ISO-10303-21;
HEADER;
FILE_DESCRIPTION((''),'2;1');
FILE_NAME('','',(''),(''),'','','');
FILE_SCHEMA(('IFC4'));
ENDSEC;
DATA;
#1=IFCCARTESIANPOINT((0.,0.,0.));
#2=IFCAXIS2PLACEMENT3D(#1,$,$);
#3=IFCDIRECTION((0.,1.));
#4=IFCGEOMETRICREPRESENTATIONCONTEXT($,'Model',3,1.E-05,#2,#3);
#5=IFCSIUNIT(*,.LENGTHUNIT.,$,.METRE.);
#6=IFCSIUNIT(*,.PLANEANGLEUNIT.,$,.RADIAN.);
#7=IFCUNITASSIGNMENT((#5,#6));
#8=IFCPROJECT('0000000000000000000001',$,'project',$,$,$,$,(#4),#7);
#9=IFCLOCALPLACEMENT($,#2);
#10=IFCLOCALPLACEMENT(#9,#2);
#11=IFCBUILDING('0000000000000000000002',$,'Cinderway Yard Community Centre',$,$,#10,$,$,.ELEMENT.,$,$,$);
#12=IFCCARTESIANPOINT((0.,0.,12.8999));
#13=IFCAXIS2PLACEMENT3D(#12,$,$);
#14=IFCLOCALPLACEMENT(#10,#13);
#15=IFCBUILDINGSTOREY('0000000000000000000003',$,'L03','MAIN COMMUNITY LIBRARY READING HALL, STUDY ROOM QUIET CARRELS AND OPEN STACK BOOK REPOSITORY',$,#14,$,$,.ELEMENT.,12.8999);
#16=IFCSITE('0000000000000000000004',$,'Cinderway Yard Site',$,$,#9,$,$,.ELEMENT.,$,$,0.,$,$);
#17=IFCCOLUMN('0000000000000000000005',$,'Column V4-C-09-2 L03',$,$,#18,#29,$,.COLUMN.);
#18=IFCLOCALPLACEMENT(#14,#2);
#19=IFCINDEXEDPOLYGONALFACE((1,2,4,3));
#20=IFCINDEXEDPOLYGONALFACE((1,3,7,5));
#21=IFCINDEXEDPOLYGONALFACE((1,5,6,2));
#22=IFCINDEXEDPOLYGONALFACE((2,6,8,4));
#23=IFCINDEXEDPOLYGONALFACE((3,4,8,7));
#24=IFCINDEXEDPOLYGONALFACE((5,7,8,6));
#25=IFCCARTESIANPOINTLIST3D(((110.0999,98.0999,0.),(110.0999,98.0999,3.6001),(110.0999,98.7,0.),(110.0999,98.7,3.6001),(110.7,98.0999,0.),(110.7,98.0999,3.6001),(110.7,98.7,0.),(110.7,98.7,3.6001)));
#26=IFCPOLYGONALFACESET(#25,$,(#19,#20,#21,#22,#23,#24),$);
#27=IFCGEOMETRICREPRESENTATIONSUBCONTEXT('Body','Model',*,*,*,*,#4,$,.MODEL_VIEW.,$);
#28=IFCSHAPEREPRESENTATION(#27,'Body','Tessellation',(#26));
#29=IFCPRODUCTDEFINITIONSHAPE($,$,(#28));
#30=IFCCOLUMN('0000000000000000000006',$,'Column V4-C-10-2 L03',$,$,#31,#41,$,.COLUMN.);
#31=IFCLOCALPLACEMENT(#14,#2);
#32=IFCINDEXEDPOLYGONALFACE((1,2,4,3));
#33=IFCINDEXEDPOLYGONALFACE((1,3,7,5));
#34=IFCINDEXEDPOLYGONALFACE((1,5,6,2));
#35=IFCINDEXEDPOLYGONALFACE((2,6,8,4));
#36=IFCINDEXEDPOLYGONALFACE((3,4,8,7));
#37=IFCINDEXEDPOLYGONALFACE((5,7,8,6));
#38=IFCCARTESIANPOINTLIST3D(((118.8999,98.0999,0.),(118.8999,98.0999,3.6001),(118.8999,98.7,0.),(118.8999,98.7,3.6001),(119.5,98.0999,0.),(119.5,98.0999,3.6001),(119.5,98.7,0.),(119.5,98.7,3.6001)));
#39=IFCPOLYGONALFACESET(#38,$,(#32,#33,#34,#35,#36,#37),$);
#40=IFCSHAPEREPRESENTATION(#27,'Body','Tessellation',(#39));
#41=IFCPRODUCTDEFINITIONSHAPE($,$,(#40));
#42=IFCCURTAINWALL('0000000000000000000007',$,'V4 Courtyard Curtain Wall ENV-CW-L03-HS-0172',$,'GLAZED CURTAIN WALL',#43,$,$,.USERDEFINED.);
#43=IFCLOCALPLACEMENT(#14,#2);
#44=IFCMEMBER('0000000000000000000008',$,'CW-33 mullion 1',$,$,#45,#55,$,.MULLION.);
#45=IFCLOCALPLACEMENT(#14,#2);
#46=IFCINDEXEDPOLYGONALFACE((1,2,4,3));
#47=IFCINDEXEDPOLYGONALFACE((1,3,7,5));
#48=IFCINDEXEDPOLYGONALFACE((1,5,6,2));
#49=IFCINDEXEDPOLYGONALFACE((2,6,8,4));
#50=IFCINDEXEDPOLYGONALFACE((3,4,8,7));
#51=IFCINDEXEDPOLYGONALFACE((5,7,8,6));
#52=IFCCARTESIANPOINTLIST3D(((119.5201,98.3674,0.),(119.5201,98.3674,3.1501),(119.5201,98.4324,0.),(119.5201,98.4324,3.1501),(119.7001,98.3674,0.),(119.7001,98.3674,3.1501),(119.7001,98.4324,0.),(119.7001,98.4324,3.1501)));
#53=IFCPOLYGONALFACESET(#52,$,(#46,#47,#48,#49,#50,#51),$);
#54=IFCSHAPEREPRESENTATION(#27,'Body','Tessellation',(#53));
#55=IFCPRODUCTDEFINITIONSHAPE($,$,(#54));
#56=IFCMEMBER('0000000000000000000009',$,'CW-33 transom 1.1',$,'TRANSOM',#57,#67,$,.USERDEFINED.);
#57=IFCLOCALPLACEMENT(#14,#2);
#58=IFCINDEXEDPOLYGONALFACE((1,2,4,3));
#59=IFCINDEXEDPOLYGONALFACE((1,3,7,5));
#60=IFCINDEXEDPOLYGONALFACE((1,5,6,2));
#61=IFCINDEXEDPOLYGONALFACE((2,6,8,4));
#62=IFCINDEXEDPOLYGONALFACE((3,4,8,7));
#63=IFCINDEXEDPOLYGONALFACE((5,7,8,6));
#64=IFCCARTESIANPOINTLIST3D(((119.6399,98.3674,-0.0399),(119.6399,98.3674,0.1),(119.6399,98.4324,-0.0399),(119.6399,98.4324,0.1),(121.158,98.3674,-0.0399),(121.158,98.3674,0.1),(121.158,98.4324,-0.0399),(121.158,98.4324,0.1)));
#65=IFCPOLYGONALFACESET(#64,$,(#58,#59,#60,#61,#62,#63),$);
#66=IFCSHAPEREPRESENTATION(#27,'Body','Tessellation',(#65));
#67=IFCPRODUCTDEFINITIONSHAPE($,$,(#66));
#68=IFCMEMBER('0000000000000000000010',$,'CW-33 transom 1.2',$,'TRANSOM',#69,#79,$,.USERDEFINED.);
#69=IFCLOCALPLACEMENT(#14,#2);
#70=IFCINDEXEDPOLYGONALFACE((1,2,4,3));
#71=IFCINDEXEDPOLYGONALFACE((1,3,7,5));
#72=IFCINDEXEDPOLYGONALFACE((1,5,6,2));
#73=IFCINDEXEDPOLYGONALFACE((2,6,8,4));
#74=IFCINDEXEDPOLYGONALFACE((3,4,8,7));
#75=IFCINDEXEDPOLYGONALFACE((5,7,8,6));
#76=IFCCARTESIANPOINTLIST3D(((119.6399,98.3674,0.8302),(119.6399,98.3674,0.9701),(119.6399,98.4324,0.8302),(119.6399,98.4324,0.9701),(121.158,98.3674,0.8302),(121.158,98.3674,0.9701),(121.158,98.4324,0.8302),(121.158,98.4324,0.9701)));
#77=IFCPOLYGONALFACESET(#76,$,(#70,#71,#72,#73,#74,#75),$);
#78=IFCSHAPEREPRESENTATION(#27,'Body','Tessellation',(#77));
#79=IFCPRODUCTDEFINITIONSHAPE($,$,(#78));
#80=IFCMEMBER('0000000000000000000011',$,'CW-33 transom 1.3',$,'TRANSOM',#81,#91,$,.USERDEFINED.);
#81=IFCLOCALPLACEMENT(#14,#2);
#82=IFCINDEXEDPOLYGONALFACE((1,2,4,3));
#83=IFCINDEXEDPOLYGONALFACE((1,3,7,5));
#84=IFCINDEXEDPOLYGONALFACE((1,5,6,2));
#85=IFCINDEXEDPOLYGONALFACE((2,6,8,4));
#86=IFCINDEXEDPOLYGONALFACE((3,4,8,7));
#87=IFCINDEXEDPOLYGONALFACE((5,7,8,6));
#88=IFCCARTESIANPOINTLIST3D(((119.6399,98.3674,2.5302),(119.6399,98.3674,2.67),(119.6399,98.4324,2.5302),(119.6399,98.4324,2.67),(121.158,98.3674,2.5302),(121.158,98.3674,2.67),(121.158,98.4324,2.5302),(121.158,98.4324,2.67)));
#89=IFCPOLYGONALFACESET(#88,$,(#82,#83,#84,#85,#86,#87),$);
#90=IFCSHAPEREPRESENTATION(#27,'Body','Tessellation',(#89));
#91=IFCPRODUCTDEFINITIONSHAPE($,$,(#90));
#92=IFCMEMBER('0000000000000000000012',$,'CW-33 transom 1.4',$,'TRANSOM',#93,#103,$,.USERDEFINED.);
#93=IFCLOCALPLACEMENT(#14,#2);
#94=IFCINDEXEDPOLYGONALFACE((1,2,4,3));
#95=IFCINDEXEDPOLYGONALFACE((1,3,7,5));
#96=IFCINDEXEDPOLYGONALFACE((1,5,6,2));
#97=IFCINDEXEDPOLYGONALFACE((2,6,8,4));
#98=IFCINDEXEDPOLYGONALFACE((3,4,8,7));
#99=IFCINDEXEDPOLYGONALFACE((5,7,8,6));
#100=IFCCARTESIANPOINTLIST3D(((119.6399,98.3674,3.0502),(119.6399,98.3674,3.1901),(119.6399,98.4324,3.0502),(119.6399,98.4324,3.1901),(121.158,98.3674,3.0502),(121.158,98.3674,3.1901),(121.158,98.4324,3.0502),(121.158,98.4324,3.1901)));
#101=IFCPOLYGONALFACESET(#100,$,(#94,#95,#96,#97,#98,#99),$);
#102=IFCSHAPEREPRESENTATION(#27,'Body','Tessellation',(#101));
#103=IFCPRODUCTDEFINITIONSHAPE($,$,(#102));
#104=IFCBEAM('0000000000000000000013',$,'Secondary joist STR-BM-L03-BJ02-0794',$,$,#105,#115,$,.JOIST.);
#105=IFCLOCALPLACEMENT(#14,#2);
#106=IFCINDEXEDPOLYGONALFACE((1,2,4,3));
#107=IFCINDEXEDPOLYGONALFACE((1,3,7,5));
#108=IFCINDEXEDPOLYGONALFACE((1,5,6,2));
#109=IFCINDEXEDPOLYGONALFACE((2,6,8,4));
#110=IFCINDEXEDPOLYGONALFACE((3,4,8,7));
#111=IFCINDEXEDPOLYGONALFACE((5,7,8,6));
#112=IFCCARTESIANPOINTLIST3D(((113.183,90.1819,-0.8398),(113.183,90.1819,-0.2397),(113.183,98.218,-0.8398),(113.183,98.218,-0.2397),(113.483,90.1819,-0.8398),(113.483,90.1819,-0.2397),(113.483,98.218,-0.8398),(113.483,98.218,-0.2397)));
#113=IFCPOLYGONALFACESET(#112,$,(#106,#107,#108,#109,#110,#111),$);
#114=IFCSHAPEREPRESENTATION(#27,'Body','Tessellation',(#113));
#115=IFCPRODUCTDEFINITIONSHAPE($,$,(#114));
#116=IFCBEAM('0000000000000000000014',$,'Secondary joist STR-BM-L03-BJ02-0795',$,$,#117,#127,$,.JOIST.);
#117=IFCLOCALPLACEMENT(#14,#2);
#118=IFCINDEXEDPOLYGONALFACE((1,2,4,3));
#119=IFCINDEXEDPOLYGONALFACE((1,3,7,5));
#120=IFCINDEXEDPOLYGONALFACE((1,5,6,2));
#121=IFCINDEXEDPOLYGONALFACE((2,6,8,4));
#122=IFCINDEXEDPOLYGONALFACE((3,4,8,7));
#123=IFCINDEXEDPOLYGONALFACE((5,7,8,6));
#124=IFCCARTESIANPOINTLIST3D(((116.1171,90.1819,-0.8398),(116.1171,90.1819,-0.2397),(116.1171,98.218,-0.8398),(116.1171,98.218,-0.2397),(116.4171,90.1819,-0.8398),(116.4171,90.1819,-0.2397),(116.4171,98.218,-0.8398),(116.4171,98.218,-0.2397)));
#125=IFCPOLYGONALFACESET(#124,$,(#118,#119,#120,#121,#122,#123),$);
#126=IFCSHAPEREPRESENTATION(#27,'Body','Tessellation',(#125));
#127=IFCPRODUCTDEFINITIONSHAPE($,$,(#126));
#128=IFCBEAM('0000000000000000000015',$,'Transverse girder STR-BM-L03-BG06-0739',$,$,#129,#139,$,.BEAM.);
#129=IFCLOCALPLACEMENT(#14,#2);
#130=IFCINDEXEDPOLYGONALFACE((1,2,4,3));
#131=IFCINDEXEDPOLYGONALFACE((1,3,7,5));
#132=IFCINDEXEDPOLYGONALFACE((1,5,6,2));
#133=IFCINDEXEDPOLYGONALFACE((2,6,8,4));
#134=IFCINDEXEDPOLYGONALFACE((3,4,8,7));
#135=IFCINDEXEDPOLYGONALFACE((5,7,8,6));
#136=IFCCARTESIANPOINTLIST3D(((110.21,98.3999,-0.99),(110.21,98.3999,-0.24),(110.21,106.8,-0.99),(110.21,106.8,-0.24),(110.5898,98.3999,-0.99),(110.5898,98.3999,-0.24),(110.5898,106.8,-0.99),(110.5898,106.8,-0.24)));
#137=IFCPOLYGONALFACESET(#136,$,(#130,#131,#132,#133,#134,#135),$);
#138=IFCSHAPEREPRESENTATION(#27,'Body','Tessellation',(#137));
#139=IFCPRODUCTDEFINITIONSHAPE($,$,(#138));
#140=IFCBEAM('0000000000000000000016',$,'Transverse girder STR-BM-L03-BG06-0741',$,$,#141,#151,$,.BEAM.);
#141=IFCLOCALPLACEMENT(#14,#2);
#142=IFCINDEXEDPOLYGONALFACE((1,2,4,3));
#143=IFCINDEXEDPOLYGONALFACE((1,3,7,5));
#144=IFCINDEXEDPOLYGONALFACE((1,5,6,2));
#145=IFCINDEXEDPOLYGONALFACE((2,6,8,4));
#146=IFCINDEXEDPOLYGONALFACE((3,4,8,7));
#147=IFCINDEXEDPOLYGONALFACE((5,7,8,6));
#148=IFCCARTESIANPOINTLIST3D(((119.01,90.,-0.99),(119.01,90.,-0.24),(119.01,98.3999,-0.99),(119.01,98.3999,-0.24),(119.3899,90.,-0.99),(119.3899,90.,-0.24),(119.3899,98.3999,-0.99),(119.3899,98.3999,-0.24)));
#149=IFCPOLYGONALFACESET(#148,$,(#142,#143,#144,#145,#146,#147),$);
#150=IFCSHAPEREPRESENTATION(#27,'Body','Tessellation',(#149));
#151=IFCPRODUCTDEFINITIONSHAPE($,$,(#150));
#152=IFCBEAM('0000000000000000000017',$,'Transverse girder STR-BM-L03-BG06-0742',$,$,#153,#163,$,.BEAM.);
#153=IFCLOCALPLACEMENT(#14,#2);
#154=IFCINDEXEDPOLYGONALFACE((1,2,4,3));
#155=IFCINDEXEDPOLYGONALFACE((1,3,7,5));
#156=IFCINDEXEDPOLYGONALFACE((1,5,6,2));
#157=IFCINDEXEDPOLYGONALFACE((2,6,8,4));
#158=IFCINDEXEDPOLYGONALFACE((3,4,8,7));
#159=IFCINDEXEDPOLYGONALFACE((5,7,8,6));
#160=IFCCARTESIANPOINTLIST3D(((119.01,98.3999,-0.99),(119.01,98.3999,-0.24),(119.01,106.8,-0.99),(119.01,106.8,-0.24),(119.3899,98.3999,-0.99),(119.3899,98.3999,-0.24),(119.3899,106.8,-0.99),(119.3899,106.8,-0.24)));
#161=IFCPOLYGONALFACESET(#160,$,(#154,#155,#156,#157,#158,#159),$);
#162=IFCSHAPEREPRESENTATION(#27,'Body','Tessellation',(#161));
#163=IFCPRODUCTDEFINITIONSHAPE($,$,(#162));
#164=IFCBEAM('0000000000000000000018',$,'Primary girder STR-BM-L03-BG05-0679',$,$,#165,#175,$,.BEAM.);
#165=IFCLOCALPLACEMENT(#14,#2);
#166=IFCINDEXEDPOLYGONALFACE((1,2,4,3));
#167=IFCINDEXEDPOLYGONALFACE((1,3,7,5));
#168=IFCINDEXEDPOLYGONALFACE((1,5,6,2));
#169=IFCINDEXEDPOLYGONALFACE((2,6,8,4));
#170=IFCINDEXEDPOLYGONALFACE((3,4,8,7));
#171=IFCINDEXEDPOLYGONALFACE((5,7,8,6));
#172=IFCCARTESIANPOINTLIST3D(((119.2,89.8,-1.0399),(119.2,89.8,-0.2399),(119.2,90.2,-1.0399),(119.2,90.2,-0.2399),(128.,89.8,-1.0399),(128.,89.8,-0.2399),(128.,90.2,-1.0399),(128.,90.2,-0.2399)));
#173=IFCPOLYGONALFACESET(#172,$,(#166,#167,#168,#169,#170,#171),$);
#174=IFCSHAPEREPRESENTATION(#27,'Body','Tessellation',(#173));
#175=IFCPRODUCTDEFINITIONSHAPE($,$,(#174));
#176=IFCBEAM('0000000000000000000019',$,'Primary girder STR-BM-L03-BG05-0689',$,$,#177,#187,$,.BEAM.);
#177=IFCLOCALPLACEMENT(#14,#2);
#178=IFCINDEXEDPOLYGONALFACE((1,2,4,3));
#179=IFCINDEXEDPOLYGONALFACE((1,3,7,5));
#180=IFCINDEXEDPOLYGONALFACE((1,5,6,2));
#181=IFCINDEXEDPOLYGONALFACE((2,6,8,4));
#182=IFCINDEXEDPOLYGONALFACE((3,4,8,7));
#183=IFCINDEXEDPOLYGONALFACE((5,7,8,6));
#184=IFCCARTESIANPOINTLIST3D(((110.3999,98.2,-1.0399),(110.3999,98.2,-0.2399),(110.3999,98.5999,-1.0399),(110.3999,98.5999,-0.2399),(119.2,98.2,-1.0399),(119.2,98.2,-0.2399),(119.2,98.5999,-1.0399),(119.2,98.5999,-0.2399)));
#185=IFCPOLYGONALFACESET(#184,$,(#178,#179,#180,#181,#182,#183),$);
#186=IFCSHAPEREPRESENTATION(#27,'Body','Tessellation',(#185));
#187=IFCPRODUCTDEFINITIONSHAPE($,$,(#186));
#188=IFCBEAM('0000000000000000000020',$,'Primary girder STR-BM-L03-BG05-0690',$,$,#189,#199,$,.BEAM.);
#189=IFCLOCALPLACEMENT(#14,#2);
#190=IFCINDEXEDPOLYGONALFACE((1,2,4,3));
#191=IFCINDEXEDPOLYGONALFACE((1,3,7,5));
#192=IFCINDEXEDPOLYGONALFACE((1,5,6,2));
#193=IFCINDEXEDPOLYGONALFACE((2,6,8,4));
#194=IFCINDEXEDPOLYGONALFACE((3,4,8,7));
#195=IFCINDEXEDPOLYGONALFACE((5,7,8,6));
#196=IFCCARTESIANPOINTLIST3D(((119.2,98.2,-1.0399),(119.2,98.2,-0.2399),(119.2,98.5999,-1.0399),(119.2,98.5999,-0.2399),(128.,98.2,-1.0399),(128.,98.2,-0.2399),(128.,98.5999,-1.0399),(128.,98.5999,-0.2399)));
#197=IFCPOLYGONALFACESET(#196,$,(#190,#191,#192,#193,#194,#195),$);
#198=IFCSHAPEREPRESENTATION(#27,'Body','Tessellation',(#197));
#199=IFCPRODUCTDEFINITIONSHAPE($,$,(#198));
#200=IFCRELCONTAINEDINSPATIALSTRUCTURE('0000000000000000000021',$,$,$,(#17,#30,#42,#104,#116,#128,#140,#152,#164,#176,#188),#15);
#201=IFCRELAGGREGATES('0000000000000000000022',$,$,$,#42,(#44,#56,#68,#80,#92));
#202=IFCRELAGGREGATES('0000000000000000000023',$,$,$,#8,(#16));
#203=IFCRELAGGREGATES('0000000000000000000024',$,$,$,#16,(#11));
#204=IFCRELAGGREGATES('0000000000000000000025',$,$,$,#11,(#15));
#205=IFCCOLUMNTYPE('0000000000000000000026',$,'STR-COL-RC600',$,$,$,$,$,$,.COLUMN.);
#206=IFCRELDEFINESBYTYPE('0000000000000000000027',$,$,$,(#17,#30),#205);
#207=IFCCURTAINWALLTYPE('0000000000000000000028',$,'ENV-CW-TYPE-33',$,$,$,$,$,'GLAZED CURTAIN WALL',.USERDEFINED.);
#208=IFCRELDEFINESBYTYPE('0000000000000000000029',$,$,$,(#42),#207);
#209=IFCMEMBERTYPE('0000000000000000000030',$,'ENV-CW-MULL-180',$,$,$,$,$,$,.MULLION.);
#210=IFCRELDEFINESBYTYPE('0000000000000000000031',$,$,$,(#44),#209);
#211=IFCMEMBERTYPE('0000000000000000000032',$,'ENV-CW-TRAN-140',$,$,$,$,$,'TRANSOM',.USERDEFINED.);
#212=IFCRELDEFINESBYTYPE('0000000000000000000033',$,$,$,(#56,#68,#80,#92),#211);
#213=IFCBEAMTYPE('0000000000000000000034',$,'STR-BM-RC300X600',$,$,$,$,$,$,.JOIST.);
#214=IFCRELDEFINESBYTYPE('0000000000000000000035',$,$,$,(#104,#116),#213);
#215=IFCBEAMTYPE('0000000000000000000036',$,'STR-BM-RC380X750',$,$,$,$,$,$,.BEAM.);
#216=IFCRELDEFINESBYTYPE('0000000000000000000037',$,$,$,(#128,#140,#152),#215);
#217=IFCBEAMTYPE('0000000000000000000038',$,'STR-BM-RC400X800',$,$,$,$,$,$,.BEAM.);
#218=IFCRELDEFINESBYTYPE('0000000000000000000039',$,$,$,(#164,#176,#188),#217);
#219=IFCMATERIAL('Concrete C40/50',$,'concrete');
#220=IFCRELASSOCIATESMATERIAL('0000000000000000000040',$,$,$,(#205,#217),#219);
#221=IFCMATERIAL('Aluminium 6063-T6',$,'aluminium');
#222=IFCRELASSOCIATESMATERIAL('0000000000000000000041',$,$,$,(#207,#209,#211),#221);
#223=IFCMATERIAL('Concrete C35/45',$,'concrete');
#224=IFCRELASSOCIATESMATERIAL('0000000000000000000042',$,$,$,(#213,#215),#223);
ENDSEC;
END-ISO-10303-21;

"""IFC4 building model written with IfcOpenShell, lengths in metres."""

from ifc_helpers import new_model, si_unit, direction, frame, origin, origin_2d, place, context, subcontext, project, spatial, rectangle, extrude, material, material_profile, profile_set, type_object, element, aggregate, save


model = new_model("IFC4")

# Units and contexts
model_context = context("Model", 3, precision=1e-05, world=origin(), true_north=direction((0.0, 1.0)))
body_context = subcontext(model_context, "Body", "Model", "MODEL_VIEW")
ifc_project = project(units=[si_unit("LENGTHUNIT", "METRE"), si_unit("PLANEANGLEUNIT", "RADIAN")], contexts=[model_context])

# Site, building, storey
site_placement = place(None, origin())
site = spatial("IfcSite", under=ifc_project, at=site_placement, Name="Cinderway Yard Site", CompositionType="ELEMENT", RefElevation=0.0)
building_placement = place(site_placement, origin())
building = spatial("IfcBuilding", under=site, at=building_placement, Name="Cinderway Yard Community Centre", CompositionType="ELEMENT")
storey_placement = place(building_placement, frame((0.0, 0.0, 12.8999)))
storey = spatial("IfcBuildingStorey", under=building, at=storey_placement, Name="L03", Description="MAIN COMMUNITY LIBRARY READING HALL, STUDY ROOM QUIET CARRELS AND OPEN STACK BOOK REPOSITORY", CompositionType="ELEMENT", Elevation=12.8999)

# Columns
ifc_material_1 = material(Name="Concrete C40/50", Category="concrete")
ifc_material_profile_1 = material_profile(ifc_material_1, rectangle(XDim=0.6001, YDim=0.6001, at=origin_2d()), Name="Concrete C40/50")
ifc_profile_set_1 = profile_set([ifc_material_profile_1], Name="Concrete C40/50")
column_type = type_object("IfcColumnType", Name="STR-COL-RC600", PredefinedType="COLUMN", material=ifc_profile_set_1)
for number, where, z_axis, x_axis, name in (
    (1, (110.3999, 98.3999, 0.0), (0.0, 0.0, 1.0), (1.0, 0.0, 0.0), "Column V4-C-09-2 L03"),
    (2, (119.2, 98.3999, 0.0), (0.0, 0.0, 1.0), (1.0, 0.0, 0.0), "Column V4-C-10-2 L03"),
):
    element("IfcColumn", number, at=place(storey_placement, frame(where, z_axis=z_axis, x_axis=x_axis)), inside=storey, type_object=column_type, Name=name, PredefinedType="COLUMN", context=body_context, shape_type="SweptSolid", body=[
        extrude(rectangle(XDim=0.6001, YDim=0.6001, at=origin_2d()), origin(), (0.0, 0.0, 1.0), 3.6001),
    ])

# Curtain wall, members
ifc_material_2 = material(Name="Aluminium 6063-T6", Category="aluminium")
curtain_wall_type = type_object("IfcCurtainWallType", Name="ENV-CW-TYPE-33", ElementType="GLAZED CURTAIN WALL", PredefinedType="USERDEFINED", material=ifc_material_2)
curtain_wall_placement = place(storey_placement, origin())
curtain_wall = element("IfcCurtainWall", 3, at=curtain_wall_placement, inside=storey, type_object=curtain_wall_type, Name="V4 Courtyard Curtain Wall ENV-CW-L03-HS-0172", ObjectType="GLAZED CURTAIN WALL", PredefinedType="USERDEFINED")
ifc_material_profile_2 = material_profile(ifc_material_2, rectangle(XDim=0.0649, YDim=0.1799, at=origin_2d()), Name="Aluminium 6063-T6")
ifc_profile_set_2 = profile_set([ifc_material_profile_2], Name="Aluminium 6063-T6")
member_type_1 = type_object("IfcMemberType", Name="ENV-CW-MULL-180", PredefinedType="MULLION", material=ifc_profile_set_2)
member_1_placement = place(storey_placement, frame((119.6101, 98.3999, 0.0), z_axis=(0.0, 0.0, 1.0), x_axis=(0.0, 1.0, 0.0)))
member_1 = element("IfcMember", 4, at=member_1_placement, type_object=member_type_1, Name="CW-33 mullion 1", PredefinedType="MULLION", context=body_context, shape_type="SweptSolid", body=[
    extrude(rectangle(XDim=0.0649, YDim=0.1799, at=origin_2d()), origin(), (0.0, 0.0, 1.0), 3.1501),
])
ifc_material_profile_3 = material_profile(ifc_material_2, rectangle(XDim=0.0649, YDim=0.1399, at=origin_2d()), Name="Aluminium 6063-T6")
ifc_profile_set_3 = profile_set([ifc_material_profile_3], Name="Aluminium 6063-T6")
member_type_2 = type_object("IfcMemberType", Name="ENV-CW-TRAN-140", ElementType="TRANSOM", PredefinedType="USERDEFINED", material=ifc_profile_set_3)
member_2_placement = place(storey_placement, frame((119.6399, 98.3999, 0.03), z_axis=(1.0, 0.0, 0.0), x_axis=(0.0, 1.0, 0.0)))
member_2 = element("IfcMember", 5, at=member_2_placement, type_object=member_type_2, Name="CW-33 transom 1.1", ObjectType="TRANSOM", PredefinedType="USERDEFINED", context=body_context, shape_type="SweptSolid", body=[
    extrude(rectangle(XDim=0.0649, YDim=0.1399, at=origin_2d()), origin(), (0.0, 0.0, 1.0), 1.5181),
])
member_3_placement = place(storey_placement, frame((119.6399, 98.3999, 0.9001), z_axis=(1.0, 0.0, 0.0), x_axis=(0.0, 1.0, 0.0)))
member_3 = element("IfcMember", 6, at=member_3_placement, type_object=member_type_2, Name="CW-33 transom 1.2", ObjectType="TRANSOM", PredefinedType="USERDEFINED", context=body_context, shape_type="SweptSolid", body=[
    extrude(rectangle(XDim=0.0649, YDim=0.1399, at=origin_2d()), origin(), (0.0, 0.0, 1.0), 1.5181),
])
member_4_placement = place(storey_placement, frame((119.6399, 98.3999, 2.6001), z_axis=(1.0, 0.0, 0.0), x_axis=(0.0, 1.0, 0.0)))
member_4 = element("IfcMember", 7, at=member_4_placement, type_object=member_type_2, Name="CW-33 transom 1.3", ObjectType="TRANSOM", PredefinedType="USERDEFINED", context=body_context, shape_type="SweptSolid", body=[
    extrude(rectangle(XDim=0.0649, YDim=0.1399, at=origin_2d()), origin(), (0.0, 0.0, 1.0), 1.5181),
])
member_5_placement = place(storey_placement, frame((119.6399, 98.3999, 3.1201), z_axis=(1.0, 0.0, 0.0), x_axis=(0.0, 1.0, 0.0)))
member_5 = element("IfcMember", 8, at=member_5_placement, type_object=member_type_2, Name="CW-33 transom 1.4", ObjectType="TRANSOM", PredefinedType="USERDEFINED", context=body_context, shape_type="SweptSolid", body=[
    extrude(rectangle(XDim=0.0649, YDim=0.1399, at=origin_2d()), origin(), (0.0, 0.0, 1.0), 1.5181),
])

# Beams
ifc_material_3 = material(Name="Concrete C35/45", Category="concrete")
ifc_material_profile_4 = material_profile(ifc_material_3, rectangle(XDim=0.3, YDim=0.6001, at=origin_2d()), Name="Concrete C35/45")
ifc_profile_set_4 = profile_set([ifc_material_profile_4], Name="Concrete C35/45")
beam_type_1 = type_object("IfcBeamType", Name="STR-BM-RC300X600", PredefinedType="JOIST", material=ifc_profile_set_4)
for number, where, z_axis, x_axis, name in (
    (9, (113.333, 90.1819, -0.5398), (0.0, 1.0, 0.0), (-1.0, 0.0, 0.0), "Secondary joist STR-BM-L03-BJ02-0794"),
    (10, (116.2671, 90.1819, -0.5398), (0.0, 1.0, 0.0), (-1.0, 0.0, 0.0), "Secondary joist STR-BM-L03-BJ02-0795"),
):
    element("IfcBeam", number, at=place(storey_placement, frame(where, z_axis=z_axis, x_axis=x_axis)), inside=storey, type_object=beam_type_1, Name=name, PredefinedType="JOIST", context=body_context, shape_type="SweptSolid", body=[
        extrude(rectangle(XDim=0.3, YDim=0.6001, at=origin_2d()), origin(), (0.0, 0.0, 1.0), 8.0361),
    ])
ifc_material_profile_5 = material_profile(ifc_material_3, rectangle(XDim=0.3799, YDim=0.75, at=origin_2d()), Name="Concrete C35/45")
ifc_profile_set_5 = profile_set([ifc_material_profile_5], Name="Concrete C35/45")
beam_type_2 = type_object("IfcBeamType", Name="STR-BM-RC380X750", PredefinedType="BEAM", material=ifc_profile_set_5)
beam_1_placement = place(storey_placement, frame((110.3999, 98.3999, -0.615), z_axis=(0.0, 1.0, 0.0), x_axis=(-1.0, 0.0, 0.0)))
element("IfcBeam", 11, at=beam_1_placement, inside=storey, type_object=beam_type_2, Name="Transverse girder STR-BM-L03-BG06-0739", PredefinedType="BEAM", context=body_context, shape_type="SweptSolid", body=[
    extrude(rectangle(XDim=0.3799, YDim=0.75, at=origin_2d()), origin(), (0.0, 0.0, 1.0), 8.4001),
])
beam_2_placement = place(storey_placement, frame((119.2, 90.0, -0.615), z_axis=(0.0, 1.0, 0.0), x_axis=(-1.0, 0.0, 0.0)))
element("IfcBeam", 12, at=beam_2_placement, inside=storey, type_object=beam_type_2, Name="Transverse girder STR-BM-L03-BG06-0741", PredefinedType="BEAM", context=body_context, shape_type="SweptSolid", body=[
    extrude(rectangle(XDim=0.3799, YDim=0.75, at=origin_2d()), origin(), (0.0, 0.0, 1.0), 8.3999),
])
beam_3_placement = place(storey_placement, frame((119.2, 98.3999, -0.615), z_axis=(0.0, 1.0, 0.0), x_axis=(-1.0, 0.0, 0.0)))
element("IfcBeam", 13, at=beam_3_placement, inside=storey, type_object=beam_type_2, Name="Transverse girder STR-BM-L03-BG06-0742", PredefinedType="BEAM", context=body_context, shape_type="SweptSolid", body=[
    extrude(rectangle(XDim=0.3799, YDim=0.75, at=origin_2d()), origin(), (0.0, 0.0, 1.0), 8.4001),
])
ifc_material_profile_6 = material_profile(ifc_material_1, rectangle(XDim=0.3999, YDim=0.8, at=origin_2d()), Name="Concrete C40/50")
ifc_profile_set_6 = profile_set([ifc_material_profile_6], Name="Concrete C40/50")
beam_type_3 = type_object("IfcBeamType", Name="STR-BM-RC400X800", PredefinedType="BEAM", material=ifc_profile_set_6)
for number, where, z_axis, x_axis, name in (
    (14, (119.2, 90.0, -0.6399), (1.0, 0.0, 0.0), (0.0, 1.0, 0.0), "Primary girder STR-BM-L03-BG05-0679"),
    (15, (110.3999, 98.3999, -0.6399), (1.0, 0.0, 0.0), (0.0, 1.0, 0.0), "Primary girder STR-BM-L03-BG05-0689"),
    (16, (119.2, 98.3999, -0.6399), (1.0, 0.0, 0.0), (0.0, 1.0, 0.0), "Primary girder STR-BM-L03-BG05-0690"),
):
    element("IfcBeam", number, at=place(storey_placement, frame(where, z_axis=z_axis, x_axis=x_axis)), inside=storey, type_object=beam_type_3, Name=name, PredefinedType="BEAM", context=body_context, shape_type="SweptSolid", body=[
        extrude(rectangle(XDim=0.3999, YDim=0.8, at=origin_2d()), origin(), (0.0, 0.0, 1.0), 8.8),
    ])

aggregate(curtain_wall, [member_1, member_2, member_3, member_4, member_5])

save(model, "model.ifc")
